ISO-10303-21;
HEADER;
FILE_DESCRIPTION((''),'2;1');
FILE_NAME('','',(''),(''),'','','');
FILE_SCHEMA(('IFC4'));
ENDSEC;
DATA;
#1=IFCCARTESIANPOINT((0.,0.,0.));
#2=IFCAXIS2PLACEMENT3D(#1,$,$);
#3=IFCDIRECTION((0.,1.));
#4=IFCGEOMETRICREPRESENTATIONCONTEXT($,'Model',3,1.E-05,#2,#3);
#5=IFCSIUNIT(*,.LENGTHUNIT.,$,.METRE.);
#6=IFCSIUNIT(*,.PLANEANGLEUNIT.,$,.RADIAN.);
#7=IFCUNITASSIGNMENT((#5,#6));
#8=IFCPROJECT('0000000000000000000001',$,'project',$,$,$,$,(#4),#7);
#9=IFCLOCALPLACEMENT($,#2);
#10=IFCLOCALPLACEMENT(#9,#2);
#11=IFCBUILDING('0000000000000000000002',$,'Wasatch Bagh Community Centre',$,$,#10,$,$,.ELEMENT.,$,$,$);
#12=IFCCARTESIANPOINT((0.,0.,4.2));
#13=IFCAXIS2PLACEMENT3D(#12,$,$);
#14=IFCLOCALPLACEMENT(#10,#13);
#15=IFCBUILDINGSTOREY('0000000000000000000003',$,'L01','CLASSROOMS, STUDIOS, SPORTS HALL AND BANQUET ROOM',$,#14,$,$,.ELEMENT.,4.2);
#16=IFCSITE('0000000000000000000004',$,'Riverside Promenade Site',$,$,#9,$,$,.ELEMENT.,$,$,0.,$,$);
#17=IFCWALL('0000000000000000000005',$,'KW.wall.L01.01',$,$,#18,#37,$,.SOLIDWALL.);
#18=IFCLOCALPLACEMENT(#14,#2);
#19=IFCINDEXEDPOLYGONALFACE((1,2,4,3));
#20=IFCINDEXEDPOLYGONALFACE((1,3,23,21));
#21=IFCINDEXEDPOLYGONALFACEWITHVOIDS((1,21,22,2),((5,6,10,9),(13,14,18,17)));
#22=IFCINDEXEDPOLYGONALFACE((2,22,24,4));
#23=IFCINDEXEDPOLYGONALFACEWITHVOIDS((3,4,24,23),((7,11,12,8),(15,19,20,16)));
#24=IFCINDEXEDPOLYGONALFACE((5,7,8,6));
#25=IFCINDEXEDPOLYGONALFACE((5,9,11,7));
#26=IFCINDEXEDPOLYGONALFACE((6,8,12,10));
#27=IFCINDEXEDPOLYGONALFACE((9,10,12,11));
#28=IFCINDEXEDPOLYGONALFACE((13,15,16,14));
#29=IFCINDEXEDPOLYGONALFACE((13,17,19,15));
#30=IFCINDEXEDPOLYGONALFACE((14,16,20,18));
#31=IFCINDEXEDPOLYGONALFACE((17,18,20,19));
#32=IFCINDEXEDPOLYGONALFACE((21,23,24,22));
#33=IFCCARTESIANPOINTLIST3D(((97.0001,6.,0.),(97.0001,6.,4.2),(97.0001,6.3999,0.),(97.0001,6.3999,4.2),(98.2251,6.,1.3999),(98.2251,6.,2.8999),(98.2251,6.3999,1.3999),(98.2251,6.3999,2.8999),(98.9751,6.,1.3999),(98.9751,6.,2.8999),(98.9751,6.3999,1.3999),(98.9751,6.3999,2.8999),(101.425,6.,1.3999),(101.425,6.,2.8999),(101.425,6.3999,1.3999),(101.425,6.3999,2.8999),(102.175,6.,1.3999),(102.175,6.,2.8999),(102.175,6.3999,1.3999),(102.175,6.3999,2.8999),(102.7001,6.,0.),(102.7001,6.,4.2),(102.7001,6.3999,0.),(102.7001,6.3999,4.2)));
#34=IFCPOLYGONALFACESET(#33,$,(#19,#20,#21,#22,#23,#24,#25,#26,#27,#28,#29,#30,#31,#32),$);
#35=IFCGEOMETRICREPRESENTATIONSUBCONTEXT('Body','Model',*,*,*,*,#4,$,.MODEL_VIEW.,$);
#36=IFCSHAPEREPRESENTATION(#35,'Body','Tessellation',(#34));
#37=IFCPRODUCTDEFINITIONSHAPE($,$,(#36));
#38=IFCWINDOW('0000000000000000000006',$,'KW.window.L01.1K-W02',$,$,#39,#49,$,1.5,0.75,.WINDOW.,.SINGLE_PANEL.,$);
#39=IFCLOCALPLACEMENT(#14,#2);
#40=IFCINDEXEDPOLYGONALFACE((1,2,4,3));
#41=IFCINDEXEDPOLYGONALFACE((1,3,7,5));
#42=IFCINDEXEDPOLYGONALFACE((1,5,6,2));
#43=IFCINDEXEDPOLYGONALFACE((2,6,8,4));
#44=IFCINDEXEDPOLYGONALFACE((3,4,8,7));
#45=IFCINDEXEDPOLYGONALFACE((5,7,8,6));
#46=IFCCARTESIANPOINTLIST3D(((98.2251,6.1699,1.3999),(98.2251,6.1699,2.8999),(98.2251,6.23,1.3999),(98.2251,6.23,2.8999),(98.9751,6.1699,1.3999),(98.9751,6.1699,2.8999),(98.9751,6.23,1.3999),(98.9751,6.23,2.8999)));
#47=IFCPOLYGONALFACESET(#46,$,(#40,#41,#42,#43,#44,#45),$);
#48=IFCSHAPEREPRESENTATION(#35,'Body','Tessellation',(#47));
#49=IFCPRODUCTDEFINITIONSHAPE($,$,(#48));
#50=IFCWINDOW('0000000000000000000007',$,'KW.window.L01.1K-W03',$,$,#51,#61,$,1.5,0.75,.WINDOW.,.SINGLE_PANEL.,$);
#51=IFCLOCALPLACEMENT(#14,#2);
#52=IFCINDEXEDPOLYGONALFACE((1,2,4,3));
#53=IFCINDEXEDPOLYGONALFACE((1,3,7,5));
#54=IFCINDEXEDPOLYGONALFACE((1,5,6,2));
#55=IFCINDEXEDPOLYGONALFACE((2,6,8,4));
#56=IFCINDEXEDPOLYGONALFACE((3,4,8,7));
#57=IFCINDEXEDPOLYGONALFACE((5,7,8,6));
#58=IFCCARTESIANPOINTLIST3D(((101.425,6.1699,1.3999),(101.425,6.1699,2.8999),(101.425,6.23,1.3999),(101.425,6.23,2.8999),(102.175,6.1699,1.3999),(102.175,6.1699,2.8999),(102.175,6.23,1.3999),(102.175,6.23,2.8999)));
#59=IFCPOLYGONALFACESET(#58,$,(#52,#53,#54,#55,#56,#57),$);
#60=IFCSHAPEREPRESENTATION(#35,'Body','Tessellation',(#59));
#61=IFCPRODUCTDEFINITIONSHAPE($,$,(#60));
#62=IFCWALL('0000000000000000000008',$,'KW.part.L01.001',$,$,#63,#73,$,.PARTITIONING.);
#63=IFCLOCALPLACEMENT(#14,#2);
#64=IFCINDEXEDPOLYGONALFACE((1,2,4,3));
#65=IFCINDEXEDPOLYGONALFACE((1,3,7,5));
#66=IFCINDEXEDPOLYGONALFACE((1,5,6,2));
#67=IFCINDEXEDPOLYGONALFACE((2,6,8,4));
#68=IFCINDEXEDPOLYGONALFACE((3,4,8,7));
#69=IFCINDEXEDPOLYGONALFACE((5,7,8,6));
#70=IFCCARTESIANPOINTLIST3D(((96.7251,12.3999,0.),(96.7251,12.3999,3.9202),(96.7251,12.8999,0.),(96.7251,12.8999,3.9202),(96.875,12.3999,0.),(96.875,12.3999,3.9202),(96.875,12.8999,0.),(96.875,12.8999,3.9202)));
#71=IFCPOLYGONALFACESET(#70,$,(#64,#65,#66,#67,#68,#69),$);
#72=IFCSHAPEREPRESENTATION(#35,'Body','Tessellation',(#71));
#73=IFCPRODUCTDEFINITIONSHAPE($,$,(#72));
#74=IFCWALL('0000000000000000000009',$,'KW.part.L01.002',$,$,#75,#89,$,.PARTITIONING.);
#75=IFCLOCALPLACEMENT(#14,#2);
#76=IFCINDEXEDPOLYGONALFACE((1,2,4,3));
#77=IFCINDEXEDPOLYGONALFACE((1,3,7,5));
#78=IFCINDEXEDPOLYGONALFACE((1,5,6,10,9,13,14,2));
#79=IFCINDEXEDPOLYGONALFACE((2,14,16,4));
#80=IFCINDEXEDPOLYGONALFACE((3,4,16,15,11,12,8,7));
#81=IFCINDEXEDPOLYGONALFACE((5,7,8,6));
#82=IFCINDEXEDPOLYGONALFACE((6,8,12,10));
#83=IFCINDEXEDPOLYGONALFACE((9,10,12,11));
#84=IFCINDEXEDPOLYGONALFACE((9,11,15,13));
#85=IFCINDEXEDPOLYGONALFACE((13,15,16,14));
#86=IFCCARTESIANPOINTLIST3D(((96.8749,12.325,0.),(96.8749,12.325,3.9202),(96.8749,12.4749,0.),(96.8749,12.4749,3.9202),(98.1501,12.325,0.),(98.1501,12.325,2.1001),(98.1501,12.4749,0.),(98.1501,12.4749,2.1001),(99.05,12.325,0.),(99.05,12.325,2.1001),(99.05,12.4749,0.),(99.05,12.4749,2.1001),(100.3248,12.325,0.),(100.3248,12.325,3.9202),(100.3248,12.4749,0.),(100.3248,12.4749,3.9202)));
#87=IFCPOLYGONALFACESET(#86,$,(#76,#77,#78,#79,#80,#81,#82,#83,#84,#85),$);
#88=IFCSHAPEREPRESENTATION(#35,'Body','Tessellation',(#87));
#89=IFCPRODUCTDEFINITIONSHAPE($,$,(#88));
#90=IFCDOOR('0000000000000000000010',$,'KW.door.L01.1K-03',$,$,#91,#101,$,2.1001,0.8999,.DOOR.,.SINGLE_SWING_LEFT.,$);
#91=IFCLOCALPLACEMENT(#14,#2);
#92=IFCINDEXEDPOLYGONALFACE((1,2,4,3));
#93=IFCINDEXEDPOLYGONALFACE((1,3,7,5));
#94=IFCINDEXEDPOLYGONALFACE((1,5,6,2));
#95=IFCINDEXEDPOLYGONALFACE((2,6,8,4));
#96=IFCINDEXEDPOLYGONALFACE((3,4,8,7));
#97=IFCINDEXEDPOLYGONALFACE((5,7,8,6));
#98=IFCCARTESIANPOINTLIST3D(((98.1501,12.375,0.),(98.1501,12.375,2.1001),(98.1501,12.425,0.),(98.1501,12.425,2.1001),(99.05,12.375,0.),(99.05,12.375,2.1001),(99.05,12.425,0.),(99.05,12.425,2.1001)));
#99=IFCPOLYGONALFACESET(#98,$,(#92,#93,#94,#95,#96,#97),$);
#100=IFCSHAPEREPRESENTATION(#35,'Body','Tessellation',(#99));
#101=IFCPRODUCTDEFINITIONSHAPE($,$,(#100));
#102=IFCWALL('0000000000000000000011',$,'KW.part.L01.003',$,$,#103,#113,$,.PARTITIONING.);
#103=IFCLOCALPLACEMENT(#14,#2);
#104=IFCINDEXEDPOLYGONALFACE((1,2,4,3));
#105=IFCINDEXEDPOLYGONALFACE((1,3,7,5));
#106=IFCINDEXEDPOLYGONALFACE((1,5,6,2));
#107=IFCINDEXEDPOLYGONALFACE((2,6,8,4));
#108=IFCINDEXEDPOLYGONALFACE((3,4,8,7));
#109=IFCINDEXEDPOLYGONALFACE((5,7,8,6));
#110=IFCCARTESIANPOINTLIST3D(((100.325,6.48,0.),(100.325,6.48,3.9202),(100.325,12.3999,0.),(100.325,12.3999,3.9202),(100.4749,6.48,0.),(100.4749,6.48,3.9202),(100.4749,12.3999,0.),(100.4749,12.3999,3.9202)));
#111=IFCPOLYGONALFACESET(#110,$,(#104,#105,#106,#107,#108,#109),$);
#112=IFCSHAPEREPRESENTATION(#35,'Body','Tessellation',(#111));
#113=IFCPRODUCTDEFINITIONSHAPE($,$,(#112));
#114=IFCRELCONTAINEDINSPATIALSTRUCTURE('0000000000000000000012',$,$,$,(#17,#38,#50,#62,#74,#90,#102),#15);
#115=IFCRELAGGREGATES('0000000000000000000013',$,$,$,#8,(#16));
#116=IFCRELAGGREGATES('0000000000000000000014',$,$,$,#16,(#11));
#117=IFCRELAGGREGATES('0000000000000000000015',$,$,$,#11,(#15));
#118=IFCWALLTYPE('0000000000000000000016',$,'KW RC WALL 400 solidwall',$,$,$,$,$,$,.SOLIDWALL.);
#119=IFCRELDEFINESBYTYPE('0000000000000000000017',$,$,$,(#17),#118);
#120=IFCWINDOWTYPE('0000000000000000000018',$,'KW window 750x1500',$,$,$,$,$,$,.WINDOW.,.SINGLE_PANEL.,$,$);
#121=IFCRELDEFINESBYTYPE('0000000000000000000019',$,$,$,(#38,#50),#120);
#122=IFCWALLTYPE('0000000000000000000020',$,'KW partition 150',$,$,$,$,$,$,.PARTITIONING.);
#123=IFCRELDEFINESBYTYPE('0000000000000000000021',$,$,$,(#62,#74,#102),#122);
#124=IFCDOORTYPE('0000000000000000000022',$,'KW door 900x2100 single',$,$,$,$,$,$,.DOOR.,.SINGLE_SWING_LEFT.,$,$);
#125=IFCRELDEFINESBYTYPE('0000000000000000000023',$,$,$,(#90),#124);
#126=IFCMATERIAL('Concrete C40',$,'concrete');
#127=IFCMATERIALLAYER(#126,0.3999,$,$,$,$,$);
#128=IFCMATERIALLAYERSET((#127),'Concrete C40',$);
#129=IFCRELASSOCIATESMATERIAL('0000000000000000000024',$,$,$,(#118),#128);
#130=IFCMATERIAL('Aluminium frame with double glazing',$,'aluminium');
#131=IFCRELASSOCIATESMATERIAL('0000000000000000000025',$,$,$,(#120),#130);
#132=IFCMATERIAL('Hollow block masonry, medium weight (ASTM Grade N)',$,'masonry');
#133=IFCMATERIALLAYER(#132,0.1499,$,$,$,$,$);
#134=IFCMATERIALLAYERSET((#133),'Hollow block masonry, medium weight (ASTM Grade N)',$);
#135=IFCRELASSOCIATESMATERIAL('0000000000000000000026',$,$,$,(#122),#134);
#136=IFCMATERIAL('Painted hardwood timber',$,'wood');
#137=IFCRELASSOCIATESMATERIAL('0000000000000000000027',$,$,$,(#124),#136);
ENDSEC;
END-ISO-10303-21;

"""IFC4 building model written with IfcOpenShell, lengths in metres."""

from ifc_helpers import new_model, si_unit, direction, frame, frame_2d, origin, place, context, subcontext, project, spatial, rectangle, extrude, material, layer, layer_set, type_object, element, fill, save


model = new_model("IFC4")

# Units and contexts
model_context = context("Model", 3, precision=1e-05, world=origin(), true_north=direction((0.0, 1.0)))
body_context = subcontext(model_context, "Body", "Model", "MODEL_VIEW")
ifc_project = project(units=[si_unit("LENGTHUNIT", "METRE"), si_unit("PLANEANGLEUNIT", "RADIAN")], contexts=[model_context])

# Site, building, storey
site_placement = place(None, origin())
site = spatial("IfcSite", under=ifc_project, at=site_placement, Name="Riverside Promenade Site", CompositionType="ELEMENT", RefElevation=0.0)
building_placement = place(site_placement, origin())
building = spatial("IfcBuilding", under=site, at=building_placement, Name="Wasatch Bagh Community Centre", CompositionType="ELEMENT")
storey_placement = place(building_placement, frame((0.0, 0.0, 4.2)))
storey = spatial("IfcBuildingStorey", under=building, at=storey_placement, Name="L01", Description="CLASSROOMS, STUDIOS, SPORTS HALL AND BANQUET ROOM", CompositionType="ELEMENT", Elevation=4.2)

# Shared definitions
ifc_material_1 = material(Name="Concrete C40", Category="concrete")

# Wall, openings, windows
ifc_layer_1 = layer(ifc_material_1, 0.3999)
ifc_layer_set_1 = layer_set([ifc_layer_1], Name="Concrete C40")
wall_type_1 = type_object("IfcWallType", Name="KW RC WALL 400 solidwall", PredefinedType="SOLIDWALL", material=ifc_layer_set_1)
wall_1_placement = place(storey_placement, frame((97.0, 6.2, 0.0), z_axis=(0.0, 0.0, 1.0), x_axis=(1.0, 0.0, 0.0)))
wall_1 = element("IfcWall", 1, at=wall_1_placement, inside=storey, type_object=wall_type_1, Name="KW.wall.L01.01", PredefinedType="SOLIDWALL", context=body_context, shape_type="SweptSolid", body=[
    extrude(rectangle(XDim=5.7, YDim=0.3999, at=frame_2d((2.8501, 0.0))), origin(), (0.0, 0.0, 1.0), 4.2),
])
opening_1_placement = place(wall_1_placement, frame((1.2251, 0.0, 1.3999)))
opening_1 = element("IfcOpeningElement", 2, at=opening_1_placement, cuts=wall_1, PredefinedType="OPENING", context=body_context, shape_type="SweptSolid", body=[
    extrude(rectangle(XDim=0.75, YDim=1.5, at=frame_2d((0.375, 0.75))), frame((0.0, 0.21, 0.0), z_axis=(0.0, -1.0, 0.0), x_axis=(1.0, 0.0, 0.0)), (0.0, 0.0, 1.0), 0.4199),
])
opening_2_placement = place(wall_1_placement, frame((4.425, 0.0, 1.3999)))
opening_2 = element("IfcOpeningElement", 3, at=opening_2_placement, cuts=wall_1, PredefinedType="OPENING", context=body_context, shape_type="SweptSolid", body=[
    extrude(rectangle(XDim=0.75, YDim=1.5, at=frame_2d((0.375, 0.75))), frame((0.0, 0.21, 0.0), z_axis=(0.0, -1.0, 0.0), x_axis=(1.0, 0.0, 0.0)), (0.0, 0.0, 1.0), 0.4199),
])
ifc_material_2 = material(Name="Aluminium frame with double glazing", Category="aluminium")
window_type = type_object("IfcWindowType", Name="KW window 750x1500", PartitioningType="SINGLE_PANEL", PredefinedType="WINDOW", material=ifc_material_2)
window_1_placement = place(opening_1_placement, origin())
window_1 = element("IfcWindow", 4, at=window_1_placement, inside=storey, type_object=window_type, Name="KW.window.L01.1K-W02", OverallHeight=1.5, OverallWidth=0.75, PartitioningType="SINGLE_PANEL", PredefinedType="WINDOW", context=body_context, shape_type="SweptSolid", body=[
    extrude(rectangle(XDim=0.75, YDim=1.5, at=frame_2d((0.375, 0.75))), frame((0.0, 0.03, 0.0), z_axis=(0.0, -1.0, 0.0), x_axis=(1.0, 0.0, 0.0)), (0.0, 0.0, 1.0), 0.0601),
])
fill(opening_1, window_1)
window_2_placement = place(opening_2_placement, origin())
window_2 = element("IfcWindow", 5, at=window_2_placement, inside=storey, type_object=window_type, Name="KW.window.L01.1K-W03", OverallHeight=1.5, OverallWidth=0.75, PartitioningType="SINGLE_PANEL", PredefinedType="WINDOW", context=body_context, shape_type="SweptSolid", body=[
    extrude(rectangle(XDim=0.75, YDim=1.5, at=frame_2d((0.375, 0.75))), frame((0.0, 0.03, 0.0), z_axis=(0.0, -1.0, 0.0), x_axis=(1.0, 0.0, 0.0)), (0.0, 0.0, 1.0), 0.0601),
])
fill(opening_2, window_2)

# Wall
ifc_material_3 = material(Name="Hollow block masonry, medium weight (ASTM Grade N)", Category="masonry")
ifc_layer_2 = layer(ifc_material_3, 0.1499)
ifc_layer_set_2 = layer_set([ifc_layer_2], Name="Hollow block masonry, medium weight (ASTM Grade N)")
wall_type_2 = type_object("IfcWallType", Name="KW partition 150", PredefinedType="PARTITIONING", material=ifc_layer_set_2)
wall_2_placement = place(storey_placement, frame((96.8, 12.8999, 0.0), z_axis=(0.0, 0.0, 1.0), x_axis=(0.0, -1.0, 0.0)))
element("IfcWall", 6, at=wall_2_placement, inside=storey, type_object=wall_type_2, Name="KW.part.L01.001", PredefinedType="PARTITIONING", context=body_context, shape_type="SweptSolid", body=[
    extrude(rectangle(XDim=0.5, YDim=0.1499, at=frame_2d((0.25, 0.0))), origin(), (0.0, 0.0, 1.0), 3.9202),
])

# Wall, opening, door
wall_3_placement = place(storey_placement, frame((100.325, 12.3999, 0.0), z_axis=(0.0, 0.0, 1.0), x_axis=(-1.0, 0.0, 0.0)))
wall_3 = element("IfcWall", 7, at=wall_3_placement, inside=storey, type_object=wall_type_2, Name="KW.part.L01.002", PredefinedType="PARTITIONING", context=body_context, shape_type="SweptSolid", body=[
    extrude(rectangle(XDim=3.45, YDim=0.1499, at=frame_2d((1.7251, 0.0))), origin(), (0.0, 0.0, 1.0), 3.9202),
])
opening_3_placement = place(wall_3_placement, frame((1.2749, 0.0, 0.0)))
opening_3 = element("IfcOpeningElement", 8, at=opening_3_placement, cuts=wall_3, PredefinedType="OPENING", context=body_context, shape_type="SweptSolid", body=[
    extrude(rectangle(XDim=0.8999, YDim=2.1001, at=frame_2d((0.45, 1.05))), frame((0.0, 0.085, 0.0), z_axis=(0.0, -1.0, 0.0), x_axis=(1.0, 0.0, 0.0)), (0.0, 0.0, 1.0), 0.1699),
])
ifc_material_4 = material(Name="Painted hardwood timber", Category="wood")
door_type = type_object("IfcDoorType", Name="KW door 900x2100 single", OperationType="SINGLE_SWING_LEFT", PredefinedType="DOOR", material=ifc_material_4)
door_placement = place(opening_3_placement, origin())
door = element("IfcDoor", 9, at=door_placement, inside=storey, type_object=door_type, Name="KW.door.L01.1K-03", OperationType="SINGLE_SWING_LEFT", OverallHeight=2.1001, OverallWidth=0.8999, PredefinedType="DOOR", context=body_context, shape_type="SweptSolid", body=[
    extrude(rectangle(XDim=0.8999, YDim=2.1001, at=frame_2d((0.45, 1.05))), frame((0.0, 0.0249, 0.0), z_axis=(0.0, -1.0, 0.0), x_axis=(1.0, 0.0, 0.0)), (0.0, 0.0, 1.0), 0.05),
])
fill(opening_3, door)

# Wall
wall_4_placement = place(storey_placement, frame((100.3999, 6.48, 0.0), z_axis=(0.0, 0.0, 1.0), x_axis=(0.0, 1.0, 0.0)))
element("IfcWall", 10, at=wall_4_placement, inside=storey, type_object=wall_type_2, Name="KW.part.L01.003", PredefinedType="PARTITIONING", context=body_context, shape_type="SweptSolid", body=[
    extrude(rectangle(XDim=5.9199, YDim=0.1499, at=frame_2d((2.96, 0.0))), origin(), (0.0, 0.0, 1.0), 3.9202),
])

save(model, "model.ifc")
